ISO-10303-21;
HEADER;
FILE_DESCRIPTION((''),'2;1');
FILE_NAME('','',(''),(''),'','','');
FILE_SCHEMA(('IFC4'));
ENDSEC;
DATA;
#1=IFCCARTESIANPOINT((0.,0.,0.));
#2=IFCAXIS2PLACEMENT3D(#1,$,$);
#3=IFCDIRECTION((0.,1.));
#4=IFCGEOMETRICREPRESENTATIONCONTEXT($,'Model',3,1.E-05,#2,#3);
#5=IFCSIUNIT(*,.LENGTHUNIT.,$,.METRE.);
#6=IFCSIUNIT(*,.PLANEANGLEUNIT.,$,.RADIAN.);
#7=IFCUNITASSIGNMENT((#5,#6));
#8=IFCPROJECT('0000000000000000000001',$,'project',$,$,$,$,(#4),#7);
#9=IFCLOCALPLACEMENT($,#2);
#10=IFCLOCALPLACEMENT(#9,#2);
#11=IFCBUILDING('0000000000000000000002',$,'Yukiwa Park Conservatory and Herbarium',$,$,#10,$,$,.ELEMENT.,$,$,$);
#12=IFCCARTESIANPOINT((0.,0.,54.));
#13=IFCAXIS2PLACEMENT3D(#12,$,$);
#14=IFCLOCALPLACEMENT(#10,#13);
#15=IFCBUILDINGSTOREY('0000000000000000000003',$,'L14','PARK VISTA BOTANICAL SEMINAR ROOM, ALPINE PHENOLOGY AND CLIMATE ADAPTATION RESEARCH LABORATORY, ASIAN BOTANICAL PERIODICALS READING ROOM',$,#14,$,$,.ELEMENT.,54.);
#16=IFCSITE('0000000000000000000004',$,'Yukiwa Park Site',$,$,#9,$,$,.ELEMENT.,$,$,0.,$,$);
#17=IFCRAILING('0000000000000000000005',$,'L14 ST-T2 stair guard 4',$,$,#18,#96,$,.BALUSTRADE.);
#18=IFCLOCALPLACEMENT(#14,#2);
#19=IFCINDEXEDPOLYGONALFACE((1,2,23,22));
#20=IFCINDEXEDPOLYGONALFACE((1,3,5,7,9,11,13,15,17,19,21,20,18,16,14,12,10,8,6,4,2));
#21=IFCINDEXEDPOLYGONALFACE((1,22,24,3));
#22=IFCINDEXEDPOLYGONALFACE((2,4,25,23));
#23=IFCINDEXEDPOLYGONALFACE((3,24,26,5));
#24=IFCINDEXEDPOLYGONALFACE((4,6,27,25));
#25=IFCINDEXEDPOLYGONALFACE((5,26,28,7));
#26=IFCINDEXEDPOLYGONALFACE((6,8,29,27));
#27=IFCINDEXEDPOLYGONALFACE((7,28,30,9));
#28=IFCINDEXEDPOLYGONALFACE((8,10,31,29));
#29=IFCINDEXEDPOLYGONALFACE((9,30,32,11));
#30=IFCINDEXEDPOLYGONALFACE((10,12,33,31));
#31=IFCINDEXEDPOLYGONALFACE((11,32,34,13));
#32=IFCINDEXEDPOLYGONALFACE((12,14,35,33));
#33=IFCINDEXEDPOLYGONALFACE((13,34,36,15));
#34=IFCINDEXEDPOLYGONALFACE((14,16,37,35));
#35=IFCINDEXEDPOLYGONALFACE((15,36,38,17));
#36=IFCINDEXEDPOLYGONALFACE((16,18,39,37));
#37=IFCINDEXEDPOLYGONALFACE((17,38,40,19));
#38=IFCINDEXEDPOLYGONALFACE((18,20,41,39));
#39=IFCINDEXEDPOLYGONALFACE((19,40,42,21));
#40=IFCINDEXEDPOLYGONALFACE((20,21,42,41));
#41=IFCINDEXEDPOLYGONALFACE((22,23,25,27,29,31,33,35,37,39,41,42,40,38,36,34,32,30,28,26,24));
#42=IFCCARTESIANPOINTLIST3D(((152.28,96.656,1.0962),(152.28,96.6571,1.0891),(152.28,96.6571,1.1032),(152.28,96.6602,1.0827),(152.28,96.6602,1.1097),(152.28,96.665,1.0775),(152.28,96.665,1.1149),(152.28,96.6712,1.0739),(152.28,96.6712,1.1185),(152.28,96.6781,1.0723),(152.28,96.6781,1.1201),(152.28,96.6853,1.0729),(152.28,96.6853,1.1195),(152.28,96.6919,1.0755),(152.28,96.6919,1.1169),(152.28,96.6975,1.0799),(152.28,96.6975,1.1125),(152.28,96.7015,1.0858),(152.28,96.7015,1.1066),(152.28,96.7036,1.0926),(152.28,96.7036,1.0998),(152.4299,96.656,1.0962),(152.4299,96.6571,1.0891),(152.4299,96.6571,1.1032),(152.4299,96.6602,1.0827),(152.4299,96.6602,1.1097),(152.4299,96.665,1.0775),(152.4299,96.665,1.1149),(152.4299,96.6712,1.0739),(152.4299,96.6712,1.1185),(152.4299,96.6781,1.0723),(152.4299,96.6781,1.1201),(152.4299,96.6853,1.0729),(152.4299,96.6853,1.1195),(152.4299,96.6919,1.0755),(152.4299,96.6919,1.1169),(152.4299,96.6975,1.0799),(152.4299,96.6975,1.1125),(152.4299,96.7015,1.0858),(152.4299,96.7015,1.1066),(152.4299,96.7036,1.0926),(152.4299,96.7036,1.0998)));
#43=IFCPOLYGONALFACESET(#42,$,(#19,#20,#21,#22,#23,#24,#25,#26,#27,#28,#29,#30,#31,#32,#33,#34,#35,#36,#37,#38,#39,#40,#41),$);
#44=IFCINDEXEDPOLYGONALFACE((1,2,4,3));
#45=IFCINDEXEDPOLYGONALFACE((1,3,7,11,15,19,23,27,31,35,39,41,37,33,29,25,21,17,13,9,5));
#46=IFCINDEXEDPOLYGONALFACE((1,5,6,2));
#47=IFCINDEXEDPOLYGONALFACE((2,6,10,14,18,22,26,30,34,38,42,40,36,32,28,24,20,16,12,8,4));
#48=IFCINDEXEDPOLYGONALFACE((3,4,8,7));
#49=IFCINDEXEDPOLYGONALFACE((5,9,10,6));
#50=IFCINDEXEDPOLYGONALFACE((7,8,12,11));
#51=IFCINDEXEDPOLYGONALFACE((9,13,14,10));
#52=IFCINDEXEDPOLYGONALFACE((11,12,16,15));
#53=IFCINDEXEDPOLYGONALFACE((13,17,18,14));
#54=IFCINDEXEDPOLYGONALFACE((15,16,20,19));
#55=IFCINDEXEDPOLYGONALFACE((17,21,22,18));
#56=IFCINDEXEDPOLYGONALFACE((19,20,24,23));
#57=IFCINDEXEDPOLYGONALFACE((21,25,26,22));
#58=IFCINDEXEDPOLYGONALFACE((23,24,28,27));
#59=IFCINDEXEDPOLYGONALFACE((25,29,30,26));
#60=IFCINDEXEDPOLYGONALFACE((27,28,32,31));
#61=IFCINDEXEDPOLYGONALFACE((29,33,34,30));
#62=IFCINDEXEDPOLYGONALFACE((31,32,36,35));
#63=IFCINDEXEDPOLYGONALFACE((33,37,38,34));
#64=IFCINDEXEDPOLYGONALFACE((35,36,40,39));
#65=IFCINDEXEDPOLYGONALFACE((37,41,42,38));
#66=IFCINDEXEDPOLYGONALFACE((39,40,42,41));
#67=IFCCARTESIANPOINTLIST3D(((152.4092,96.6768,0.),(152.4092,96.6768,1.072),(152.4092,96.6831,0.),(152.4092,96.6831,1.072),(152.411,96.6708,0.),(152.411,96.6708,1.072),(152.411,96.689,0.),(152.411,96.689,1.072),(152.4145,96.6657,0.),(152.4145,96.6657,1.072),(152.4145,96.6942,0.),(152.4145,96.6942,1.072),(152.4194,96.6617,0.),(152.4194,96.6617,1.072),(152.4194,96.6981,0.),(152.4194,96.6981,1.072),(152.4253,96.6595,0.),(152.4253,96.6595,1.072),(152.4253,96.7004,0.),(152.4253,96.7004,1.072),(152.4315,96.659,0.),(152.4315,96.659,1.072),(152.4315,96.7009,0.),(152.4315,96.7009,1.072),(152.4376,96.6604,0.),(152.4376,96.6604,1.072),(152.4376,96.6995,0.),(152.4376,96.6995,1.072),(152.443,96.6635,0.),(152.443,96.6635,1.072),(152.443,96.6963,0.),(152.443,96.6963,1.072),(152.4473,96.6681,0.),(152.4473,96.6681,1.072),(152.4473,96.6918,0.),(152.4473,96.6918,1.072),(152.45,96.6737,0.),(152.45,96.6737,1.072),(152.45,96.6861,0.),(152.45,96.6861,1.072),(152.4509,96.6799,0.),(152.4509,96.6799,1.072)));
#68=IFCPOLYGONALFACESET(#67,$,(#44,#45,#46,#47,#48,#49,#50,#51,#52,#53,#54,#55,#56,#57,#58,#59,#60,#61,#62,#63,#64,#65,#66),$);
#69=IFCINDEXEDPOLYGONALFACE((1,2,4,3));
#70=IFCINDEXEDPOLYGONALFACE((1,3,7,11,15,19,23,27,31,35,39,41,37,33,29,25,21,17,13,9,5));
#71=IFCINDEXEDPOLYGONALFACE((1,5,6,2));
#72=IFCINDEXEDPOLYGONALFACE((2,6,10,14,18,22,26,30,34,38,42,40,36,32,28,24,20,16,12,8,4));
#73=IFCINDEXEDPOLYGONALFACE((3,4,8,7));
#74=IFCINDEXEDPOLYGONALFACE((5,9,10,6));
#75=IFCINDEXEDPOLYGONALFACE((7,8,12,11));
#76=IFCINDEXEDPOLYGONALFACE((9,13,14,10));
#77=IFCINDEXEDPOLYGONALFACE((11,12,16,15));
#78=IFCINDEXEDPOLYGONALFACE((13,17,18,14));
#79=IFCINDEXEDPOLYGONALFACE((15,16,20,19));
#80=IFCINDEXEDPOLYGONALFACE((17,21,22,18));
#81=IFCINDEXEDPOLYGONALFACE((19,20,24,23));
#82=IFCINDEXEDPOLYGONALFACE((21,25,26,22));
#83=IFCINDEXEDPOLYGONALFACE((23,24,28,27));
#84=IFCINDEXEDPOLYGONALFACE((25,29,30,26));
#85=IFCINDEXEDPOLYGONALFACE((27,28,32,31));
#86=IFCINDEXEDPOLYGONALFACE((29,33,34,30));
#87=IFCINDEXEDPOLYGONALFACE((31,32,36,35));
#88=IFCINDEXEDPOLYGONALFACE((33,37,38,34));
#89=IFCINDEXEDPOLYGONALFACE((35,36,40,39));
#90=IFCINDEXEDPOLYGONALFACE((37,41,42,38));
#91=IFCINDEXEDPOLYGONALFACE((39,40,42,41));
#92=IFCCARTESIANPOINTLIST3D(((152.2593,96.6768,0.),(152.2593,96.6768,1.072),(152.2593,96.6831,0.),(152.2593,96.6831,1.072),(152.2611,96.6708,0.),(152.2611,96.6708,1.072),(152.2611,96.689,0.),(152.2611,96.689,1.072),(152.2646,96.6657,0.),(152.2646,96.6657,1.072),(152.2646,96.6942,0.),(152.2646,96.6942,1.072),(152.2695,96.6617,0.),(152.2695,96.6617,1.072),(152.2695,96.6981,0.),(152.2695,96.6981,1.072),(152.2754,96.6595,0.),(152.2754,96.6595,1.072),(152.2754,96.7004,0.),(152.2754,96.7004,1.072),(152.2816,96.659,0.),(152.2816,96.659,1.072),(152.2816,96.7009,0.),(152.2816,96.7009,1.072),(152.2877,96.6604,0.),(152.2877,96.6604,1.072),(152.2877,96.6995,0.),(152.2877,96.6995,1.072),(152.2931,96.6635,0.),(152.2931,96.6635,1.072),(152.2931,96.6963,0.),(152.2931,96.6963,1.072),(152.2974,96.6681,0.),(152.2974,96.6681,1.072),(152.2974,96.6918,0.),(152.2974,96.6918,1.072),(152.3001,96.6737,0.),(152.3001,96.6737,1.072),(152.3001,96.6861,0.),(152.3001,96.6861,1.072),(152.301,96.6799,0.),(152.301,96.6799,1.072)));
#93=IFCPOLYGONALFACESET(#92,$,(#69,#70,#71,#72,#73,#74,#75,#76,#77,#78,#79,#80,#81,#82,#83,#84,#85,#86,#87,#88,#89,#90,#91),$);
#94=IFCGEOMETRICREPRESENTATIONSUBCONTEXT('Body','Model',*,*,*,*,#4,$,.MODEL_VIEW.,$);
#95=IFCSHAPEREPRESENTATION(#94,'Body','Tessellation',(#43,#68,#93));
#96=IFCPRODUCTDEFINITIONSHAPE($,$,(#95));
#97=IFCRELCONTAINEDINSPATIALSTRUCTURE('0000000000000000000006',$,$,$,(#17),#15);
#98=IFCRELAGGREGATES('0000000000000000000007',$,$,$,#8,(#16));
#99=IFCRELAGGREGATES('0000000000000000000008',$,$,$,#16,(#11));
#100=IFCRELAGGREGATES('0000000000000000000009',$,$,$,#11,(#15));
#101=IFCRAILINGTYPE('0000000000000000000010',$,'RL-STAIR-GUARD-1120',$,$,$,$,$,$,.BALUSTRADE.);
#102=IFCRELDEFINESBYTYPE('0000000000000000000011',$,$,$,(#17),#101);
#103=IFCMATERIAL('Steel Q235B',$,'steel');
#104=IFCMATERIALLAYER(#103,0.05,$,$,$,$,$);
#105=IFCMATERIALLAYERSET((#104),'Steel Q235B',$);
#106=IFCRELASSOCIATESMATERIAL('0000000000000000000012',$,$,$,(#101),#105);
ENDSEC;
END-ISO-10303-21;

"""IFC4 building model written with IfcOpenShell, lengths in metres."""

from ifc_helpers import new_model, si_unit, direction, frame, origin, origin_2d, place, context, subcontext, project, spatial, circle, extrude, material, layer, layer_set, type_object, element, save


model = new_model("IFC4")

# Units and contexts
model_context = context("Model", 3, precision=1e-05, world=origin(), true_north=direction((0.0, 1.0)))
body_context = subcontext(model_context, "Body", "Model", "MODEL_VIEW")
ifc_project = project(units=[si_unit("LENGTHUNIT", "METRE"), si_unit("PLANEANGLEUNIT", "RADIAN")], contexts=[model_context])

# Site, building, storey
site_placement = place(None, origin())
site = spatial("IfcSite", under=ifc_project, at=site_placement, Name="Yukiwa Park Site", CompositionType="ELEMENT", RefElevation=0.0)
building_placement = place(site_placement, origin())
building = spatial("IfcBuilding", under=site, at=building_placement, Name="Yukiwa Park Conservatory and Herbarium", CompositionType="ELEMENT")
storey_placement = place(building_placement, frame((0.0, 0.0, 54.0)))
storey = spatial("IfcBuildingStorey", under=building, at=storey_placement, Name="L14", Description="PARK VISTA BOTANICAL SEMINAR ROOM, ALPINE PHENOLOGY AND CLIMATE ADAPTATION RESEARCH LABORATORY, ASIAN BOTANICAL PERIODICALS READING ROOM", CompositionType="ELEMENT", Elevation=54.0)

# Railing
ifc_material_1 = material(Name="Steel Q235B", Category="steel")
ifc_layer_1 = layer(ifc_material_1, 0.05)
ifc_layer_set_1 = layer_set([ifc_layer_1], Name="Steel Q235B")
railing_type_1 = type_object("IfcRailingType", Name="RL-STAIR-GUARD-1120", PredefinedType="BALUSTRADE", material=ifc_layer_set_1)
railing_1_placement = place(storey_placement, frame((152.4299, 96.6799, 0.0)))
element("IfcRailing", 1, at=railing_1_placement, inside=storey, type_object=railing_type_1, Name="L14 ST-T2 stair guard 4", PredefinedType="BALUSTRADE", context=body_context, shape_type="SweptSolid", body=[
    extrude(circle(Radius=0.0239, at=origin_2d()), frame((0.0, 0.0, 1.0962), z_axis=(-1.0, 0.0, 0.0), x_axis=(0.0, -1.0, 0.0)), (0.0, 0.0, 1.0), 0.1499),
    extrude(circle(Radius=0.021, at=origin_2d()), origin(), (0.0, 0.0, 1.0), 1.072),
    extrude(circle(Radius=0.021, at=origin_2d()), frame((-0.1499, 0.0, 0.0)), (0.0, 0.0, 1.0), 1.072),
])

save(model, "model.ifc")
